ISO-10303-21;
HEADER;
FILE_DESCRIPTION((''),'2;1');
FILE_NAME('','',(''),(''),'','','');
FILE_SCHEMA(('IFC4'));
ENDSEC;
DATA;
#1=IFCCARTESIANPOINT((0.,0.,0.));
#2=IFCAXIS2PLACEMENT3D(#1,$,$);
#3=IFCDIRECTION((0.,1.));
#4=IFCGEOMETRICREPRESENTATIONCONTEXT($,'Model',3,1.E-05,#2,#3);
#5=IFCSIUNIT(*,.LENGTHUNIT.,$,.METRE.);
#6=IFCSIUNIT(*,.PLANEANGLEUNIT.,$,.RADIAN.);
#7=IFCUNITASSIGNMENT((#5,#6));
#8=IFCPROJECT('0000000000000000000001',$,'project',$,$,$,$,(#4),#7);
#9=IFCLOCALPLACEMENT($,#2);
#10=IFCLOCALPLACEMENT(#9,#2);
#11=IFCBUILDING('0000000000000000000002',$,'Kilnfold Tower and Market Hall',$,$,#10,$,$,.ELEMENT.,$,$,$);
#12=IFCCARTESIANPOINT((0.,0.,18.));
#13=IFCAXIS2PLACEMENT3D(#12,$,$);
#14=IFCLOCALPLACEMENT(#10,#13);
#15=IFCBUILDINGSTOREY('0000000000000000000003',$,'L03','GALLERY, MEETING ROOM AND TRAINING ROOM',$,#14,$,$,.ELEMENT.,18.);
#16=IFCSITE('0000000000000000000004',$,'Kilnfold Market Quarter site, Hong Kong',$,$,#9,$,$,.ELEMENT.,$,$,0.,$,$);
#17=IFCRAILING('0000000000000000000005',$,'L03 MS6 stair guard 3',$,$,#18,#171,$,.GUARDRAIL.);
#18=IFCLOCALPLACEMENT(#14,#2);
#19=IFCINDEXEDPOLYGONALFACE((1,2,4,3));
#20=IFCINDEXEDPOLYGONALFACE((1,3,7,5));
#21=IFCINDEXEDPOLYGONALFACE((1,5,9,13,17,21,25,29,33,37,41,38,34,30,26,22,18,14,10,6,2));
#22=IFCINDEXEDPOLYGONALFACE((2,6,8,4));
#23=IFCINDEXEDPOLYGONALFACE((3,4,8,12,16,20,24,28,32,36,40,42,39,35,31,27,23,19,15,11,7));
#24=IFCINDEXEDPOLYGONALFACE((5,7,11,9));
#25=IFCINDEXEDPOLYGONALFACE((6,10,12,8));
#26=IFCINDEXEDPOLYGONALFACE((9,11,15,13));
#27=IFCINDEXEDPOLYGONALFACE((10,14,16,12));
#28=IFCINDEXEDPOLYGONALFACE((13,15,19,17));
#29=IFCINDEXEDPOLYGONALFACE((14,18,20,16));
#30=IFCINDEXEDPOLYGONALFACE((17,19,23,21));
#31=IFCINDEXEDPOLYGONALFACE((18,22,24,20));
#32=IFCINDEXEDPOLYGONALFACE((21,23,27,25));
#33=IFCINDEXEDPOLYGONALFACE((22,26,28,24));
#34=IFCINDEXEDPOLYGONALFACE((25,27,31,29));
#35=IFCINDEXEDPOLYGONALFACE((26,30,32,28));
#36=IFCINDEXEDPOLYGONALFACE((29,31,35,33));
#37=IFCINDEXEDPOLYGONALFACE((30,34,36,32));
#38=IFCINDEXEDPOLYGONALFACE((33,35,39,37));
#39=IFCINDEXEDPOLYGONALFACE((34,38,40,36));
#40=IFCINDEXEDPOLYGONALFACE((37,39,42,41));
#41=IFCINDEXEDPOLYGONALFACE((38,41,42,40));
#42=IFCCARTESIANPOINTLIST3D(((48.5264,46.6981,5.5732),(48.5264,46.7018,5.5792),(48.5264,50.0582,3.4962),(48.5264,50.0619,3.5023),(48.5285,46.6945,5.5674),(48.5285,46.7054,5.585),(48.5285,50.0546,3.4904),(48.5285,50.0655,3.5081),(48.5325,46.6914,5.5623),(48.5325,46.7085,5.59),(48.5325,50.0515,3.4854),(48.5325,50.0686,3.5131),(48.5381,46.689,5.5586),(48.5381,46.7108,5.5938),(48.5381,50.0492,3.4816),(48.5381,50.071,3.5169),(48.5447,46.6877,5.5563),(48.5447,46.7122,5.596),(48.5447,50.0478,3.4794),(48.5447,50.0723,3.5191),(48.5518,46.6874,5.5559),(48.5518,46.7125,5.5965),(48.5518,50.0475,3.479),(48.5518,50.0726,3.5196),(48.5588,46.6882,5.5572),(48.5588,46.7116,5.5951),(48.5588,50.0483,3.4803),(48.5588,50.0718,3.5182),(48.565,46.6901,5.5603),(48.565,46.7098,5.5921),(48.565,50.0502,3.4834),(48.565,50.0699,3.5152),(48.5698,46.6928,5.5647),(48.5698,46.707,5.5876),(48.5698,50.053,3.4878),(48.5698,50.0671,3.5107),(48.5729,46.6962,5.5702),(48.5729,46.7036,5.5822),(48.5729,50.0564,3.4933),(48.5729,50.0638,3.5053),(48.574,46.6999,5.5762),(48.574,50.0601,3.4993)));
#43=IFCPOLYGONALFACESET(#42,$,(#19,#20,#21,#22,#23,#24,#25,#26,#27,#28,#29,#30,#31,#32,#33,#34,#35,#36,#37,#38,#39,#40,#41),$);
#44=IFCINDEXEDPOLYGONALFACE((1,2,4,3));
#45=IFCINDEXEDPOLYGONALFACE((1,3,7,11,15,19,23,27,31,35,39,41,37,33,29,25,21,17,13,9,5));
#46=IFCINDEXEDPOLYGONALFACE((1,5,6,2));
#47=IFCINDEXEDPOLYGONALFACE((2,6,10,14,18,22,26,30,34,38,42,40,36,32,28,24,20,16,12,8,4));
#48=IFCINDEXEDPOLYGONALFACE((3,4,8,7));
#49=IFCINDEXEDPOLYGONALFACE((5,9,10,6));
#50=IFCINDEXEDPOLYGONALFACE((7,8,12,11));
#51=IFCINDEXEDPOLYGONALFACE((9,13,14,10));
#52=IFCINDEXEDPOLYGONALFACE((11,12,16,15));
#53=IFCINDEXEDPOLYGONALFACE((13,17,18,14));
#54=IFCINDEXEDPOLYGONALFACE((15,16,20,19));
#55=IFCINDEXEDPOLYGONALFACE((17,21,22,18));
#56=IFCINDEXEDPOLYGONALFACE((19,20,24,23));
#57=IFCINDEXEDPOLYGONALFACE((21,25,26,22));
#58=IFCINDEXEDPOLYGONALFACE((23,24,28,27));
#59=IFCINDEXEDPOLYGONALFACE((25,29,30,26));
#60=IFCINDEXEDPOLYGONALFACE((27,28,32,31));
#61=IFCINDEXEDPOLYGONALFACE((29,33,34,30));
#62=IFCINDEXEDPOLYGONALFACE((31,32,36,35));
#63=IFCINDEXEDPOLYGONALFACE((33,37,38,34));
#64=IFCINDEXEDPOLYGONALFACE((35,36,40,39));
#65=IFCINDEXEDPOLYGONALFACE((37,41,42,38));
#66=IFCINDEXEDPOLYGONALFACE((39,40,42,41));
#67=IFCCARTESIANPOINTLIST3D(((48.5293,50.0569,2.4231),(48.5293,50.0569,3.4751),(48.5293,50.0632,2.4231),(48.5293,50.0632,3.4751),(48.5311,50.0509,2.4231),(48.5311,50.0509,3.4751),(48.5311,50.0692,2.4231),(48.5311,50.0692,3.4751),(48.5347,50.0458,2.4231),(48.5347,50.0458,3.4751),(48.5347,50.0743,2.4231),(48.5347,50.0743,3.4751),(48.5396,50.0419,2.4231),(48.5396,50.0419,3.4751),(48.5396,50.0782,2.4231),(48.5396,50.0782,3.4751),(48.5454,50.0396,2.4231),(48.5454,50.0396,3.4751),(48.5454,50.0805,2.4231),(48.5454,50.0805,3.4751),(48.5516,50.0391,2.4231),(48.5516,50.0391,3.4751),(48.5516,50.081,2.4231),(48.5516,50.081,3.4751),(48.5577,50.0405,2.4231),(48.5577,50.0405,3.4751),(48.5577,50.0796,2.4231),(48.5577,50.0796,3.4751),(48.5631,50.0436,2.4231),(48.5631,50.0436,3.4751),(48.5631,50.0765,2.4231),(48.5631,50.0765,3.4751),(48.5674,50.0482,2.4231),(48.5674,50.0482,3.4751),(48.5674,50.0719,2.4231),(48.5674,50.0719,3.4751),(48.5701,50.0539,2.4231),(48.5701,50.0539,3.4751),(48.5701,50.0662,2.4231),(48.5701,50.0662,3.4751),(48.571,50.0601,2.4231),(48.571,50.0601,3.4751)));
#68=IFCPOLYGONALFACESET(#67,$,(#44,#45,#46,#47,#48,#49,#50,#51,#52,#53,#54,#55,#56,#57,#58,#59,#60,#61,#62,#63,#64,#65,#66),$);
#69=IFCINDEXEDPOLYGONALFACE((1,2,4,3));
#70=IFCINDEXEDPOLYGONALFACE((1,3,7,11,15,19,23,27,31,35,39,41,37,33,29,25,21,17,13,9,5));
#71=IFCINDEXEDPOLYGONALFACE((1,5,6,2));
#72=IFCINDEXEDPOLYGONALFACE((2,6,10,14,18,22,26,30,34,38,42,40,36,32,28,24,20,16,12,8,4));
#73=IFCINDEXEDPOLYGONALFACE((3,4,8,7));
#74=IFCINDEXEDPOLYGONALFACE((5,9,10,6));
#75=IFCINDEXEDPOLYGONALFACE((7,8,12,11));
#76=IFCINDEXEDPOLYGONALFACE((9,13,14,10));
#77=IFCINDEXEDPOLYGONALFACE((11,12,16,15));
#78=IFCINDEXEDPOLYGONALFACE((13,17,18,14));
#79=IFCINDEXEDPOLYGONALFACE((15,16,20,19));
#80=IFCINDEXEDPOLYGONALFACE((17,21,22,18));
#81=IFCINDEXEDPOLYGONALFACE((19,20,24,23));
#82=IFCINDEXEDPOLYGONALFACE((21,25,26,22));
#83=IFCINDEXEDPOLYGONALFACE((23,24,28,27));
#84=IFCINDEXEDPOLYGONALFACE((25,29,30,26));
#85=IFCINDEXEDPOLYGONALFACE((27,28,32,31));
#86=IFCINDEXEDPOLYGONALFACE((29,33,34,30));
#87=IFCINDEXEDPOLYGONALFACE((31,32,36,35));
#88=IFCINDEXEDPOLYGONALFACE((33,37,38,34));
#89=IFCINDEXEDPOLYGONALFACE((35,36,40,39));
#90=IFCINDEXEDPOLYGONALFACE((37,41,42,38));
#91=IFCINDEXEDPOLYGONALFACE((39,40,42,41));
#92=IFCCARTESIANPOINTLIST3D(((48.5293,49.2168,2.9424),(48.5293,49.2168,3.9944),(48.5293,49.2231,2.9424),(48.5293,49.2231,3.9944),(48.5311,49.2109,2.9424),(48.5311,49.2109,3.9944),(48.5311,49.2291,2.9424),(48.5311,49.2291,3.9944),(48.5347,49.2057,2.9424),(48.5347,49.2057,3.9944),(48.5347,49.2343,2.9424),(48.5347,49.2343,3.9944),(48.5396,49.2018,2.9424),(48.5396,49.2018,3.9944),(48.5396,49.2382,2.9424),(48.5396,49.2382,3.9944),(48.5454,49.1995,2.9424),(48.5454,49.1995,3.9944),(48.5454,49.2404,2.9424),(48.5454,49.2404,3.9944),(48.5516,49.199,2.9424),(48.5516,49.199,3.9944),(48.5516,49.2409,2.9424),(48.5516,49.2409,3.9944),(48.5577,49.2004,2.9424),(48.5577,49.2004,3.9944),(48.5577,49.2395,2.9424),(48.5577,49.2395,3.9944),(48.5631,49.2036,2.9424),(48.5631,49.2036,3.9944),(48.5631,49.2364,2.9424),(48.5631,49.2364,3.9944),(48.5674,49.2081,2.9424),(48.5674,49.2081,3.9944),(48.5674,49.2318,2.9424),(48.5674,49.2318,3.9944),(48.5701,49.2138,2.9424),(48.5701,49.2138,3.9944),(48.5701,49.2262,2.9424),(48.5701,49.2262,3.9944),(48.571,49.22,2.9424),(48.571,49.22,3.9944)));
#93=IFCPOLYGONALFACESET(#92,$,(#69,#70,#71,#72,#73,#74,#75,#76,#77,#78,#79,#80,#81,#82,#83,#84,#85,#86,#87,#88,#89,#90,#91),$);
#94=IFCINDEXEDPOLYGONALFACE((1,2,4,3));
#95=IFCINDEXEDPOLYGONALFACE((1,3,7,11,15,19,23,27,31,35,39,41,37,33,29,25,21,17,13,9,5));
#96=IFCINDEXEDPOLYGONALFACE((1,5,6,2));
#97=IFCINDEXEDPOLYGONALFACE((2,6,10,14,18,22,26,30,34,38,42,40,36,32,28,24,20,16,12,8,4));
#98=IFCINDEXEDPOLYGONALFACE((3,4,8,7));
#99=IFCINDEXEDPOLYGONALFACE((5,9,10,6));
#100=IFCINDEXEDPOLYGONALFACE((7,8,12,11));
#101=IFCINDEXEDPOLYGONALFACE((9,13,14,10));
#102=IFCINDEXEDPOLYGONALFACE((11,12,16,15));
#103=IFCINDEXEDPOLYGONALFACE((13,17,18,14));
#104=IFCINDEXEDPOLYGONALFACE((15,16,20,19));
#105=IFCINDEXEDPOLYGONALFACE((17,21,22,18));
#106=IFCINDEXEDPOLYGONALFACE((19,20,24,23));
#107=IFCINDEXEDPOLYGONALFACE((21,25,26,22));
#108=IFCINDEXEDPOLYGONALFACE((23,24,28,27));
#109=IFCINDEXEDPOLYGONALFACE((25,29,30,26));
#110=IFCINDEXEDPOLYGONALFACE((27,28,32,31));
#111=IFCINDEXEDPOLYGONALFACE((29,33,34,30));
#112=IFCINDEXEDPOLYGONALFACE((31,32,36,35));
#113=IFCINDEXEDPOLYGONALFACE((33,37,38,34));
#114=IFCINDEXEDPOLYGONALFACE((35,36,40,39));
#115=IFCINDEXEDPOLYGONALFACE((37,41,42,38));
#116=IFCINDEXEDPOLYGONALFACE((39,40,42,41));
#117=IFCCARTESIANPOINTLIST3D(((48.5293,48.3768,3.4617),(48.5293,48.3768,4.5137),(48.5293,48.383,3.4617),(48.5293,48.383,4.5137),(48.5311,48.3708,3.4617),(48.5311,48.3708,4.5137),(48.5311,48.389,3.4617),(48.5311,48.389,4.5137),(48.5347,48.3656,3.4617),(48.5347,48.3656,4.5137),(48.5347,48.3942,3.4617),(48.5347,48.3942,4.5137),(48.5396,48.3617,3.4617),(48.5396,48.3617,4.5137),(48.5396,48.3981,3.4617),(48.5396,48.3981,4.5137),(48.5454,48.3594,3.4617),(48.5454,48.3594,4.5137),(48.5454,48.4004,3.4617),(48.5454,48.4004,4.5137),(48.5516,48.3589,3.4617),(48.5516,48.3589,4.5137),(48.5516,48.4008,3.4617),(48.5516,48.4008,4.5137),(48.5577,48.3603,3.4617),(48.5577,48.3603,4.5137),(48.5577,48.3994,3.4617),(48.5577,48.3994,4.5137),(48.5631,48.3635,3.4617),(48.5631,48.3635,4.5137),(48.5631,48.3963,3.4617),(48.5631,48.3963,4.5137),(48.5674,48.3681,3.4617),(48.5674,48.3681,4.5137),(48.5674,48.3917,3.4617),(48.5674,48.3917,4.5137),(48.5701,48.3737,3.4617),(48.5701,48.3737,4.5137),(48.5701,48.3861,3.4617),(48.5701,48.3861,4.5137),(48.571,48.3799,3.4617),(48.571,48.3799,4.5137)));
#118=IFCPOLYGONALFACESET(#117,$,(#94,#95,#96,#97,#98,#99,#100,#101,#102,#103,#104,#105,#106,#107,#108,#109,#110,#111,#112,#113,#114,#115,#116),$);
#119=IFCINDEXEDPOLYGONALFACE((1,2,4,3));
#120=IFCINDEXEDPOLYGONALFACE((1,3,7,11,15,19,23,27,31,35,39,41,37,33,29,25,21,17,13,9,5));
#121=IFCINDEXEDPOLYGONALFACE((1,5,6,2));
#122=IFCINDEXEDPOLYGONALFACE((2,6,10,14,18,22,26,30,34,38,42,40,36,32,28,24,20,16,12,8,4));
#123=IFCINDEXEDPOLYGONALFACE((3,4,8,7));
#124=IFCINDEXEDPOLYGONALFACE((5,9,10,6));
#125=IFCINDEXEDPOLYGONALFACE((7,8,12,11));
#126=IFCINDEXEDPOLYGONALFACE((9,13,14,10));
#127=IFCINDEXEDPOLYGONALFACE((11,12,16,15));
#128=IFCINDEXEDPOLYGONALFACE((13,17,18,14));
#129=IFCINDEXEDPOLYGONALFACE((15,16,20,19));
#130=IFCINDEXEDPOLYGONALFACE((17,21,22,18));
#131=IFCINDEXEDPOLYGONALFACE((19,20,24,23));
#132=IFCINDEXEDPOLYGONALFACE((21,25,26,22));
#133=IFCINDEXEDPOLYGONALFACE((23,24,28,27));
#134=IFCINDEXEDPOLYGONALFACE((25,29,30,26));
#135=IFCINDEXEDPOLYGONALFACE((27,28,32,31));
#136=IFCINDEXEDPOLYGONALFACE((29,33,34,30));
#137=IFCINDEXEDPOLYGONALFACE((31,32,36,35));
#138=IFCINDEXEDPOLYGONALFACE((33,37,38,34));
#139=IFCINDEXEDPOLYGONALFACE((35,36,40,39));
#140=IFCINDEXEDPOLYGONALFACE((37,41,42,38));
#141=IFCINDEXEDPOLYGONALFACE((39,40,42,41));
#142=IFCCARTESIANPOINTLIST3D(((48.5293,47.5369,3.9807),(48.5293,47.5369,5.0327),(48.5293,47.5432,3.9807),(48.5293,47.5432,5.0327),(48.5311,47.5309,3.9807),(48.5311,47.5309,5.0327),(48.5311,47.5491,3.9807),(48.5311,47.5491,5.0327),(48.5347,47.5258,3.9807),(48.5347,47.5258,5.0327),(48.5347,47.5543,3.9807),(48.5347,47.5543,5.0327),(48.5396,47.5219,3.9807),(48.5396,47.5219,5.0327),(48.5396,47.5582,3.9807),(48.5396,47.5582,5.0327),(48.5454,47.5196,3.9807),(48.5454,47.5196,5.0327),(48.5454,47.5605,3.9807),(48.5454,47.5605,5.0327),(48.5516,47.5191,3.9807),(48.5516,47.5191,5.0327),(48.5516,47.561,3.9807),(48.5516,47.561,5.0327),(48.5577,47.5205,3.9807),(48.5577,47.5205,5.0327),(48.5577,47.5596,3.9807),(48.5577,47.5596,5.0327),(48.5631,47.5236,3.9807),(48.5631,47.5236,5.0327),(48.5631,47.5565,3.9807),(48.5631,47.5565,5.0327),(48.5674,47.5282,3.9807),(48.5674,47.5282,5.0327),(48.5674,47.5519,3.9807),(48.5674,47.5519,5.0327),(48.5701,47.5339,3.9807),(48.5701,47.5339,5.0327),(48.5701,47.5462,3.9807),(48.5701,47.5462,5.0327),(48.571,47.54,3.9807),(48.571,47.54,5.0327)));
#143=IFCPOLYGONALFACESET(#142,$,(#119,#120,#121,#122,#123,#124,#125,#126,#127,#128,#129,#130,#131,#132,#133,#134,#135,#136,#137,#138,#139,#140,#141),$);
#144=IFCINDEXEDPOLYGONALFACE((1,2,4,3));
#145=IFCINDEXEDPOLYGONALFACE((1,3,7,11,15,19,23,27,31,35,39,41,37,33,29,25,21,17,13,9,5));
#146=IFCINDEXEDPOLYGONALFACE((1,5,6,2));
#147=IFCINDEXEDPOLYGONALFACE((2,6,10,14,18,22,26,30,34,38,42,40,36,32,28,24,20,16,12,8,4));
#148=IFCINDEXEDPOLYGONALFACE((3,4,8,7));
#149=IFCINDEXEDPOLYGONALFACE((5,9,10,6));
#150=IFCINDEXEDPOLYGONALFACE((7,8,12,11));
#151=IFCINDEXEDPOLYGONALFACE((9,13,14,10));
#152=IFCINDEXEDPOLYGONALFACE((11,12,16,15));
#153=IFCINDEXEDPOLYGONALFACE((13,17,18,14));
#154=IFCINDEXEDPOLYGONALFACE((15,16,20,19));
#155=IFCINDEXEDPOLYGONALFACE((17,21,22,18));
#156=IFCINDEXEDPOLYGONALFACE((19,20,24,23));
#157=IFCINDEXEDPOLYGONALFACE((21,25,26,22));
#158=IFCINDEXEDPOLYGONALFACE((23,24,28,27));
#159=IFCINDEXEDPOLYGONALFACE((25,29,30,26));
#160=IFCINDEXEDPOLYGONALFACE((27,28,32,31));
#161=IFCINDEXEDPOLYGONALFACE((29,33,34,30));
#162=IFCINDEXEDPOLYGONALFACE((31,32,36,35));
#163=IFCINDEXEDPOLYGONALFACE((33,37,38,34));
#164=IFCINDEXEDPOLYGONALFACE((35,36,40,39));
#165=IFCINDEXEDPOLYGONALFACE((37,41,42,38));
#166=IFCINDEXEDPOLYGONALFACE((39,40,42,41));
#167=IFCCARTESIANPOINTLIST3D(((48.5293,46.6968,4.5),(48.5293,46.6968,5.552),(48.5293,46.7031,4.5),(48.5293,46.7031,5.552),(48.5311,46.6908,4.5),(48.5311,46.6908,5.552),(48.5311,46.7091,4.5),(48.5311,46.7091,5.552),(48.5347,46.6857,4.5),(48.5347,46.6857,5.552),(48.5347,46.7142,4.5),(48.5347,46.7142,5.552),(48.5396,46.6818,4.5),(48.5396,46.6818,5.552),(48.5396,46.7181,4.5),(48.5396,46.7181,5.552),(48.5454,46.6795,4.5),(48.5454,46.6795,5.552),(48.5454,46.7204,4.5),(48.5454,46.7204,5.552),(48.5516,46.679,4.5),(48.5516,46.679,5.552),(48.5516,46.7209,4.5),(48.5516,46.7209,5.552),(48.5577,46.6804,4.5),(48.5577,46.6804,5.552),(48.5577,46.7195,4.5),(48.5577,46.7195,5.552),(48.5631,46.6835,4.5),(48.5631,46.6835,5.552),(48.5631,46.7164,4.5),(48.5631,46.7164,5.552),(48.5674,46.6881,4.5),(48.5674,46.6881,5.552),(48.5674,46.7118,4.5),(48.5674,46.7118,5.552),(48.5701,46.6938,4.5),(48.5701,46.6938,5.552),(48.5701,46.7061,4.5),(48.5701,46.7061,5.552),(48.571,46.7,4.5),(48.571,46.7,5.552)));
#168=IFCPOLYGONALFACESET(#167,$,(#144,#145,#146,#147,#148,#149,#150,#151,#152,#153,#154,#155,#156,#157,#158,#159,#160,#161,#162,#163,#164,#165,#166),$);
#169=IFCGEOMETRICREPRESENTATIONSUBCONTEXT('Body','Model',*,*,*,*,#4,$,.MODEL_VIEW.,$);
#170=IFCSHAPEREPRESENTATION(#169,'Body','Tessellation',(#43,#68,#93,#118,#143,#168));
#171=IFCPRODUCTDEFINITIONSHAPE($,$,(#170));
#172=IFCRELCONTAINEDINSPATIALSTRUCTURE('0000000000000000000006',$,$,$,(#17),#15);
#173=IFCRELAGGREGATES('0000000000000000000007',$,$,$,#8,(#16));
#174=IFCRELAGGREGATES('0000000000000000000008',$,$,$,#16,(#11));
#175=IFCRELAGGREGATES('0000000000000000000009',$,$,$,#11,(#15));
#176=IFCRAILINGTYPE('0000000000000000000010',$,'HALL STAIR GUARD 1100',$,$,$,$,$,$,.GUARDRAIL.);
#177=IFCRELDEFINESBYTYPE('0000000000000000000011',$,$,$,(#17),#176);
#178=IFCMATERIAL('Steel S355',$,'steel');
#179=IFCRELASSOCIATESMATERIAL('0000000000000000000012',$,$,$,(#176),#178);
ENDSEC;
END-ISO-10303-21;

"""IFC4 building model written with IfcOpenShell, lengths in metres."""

from ifc_helpers import new_model, si_unit, direction, frame, origin, origin_2d, place, context, subcontext, project, spatial, circle, extrude, material, type_object, element, save


model = new_model("IFC4")

# Units and contexts
model_context = context("Model", 3, precision=1e-05, world=origin(), true_north=direction((0.0, 1.0)))
body_context = subcontext(model_context, "Body", "Model", "MODEL_VIEW")
ifc_project = project(units=[si_unit("LENGTHUNIT", "METRE"), si_unit("PLANEANGLEUNIT", "RADIAN")], contexts=[model_context])

# Site, building, storey
site_placement = place(None, origin())
site = spatial("IfcSite", under=ifc_project, at=site_placement, Name="Kilnfold Market Quarter site, Hong Kong", CompositionType="ELEMENT", RefElevation=0.0)
building_placement = place(site_placement, origin())
building = spatial("IfcBuilding", under=site, at=building_placement, Name="Kilnfold Tower and Market Hall", CompositionType="ELEMENT")
storey_placement = place(building_placement, frame((0.0, 0.0, 18.0)))
storey = spatial("IfcBuildingStorey", under=building, at=storey_placement, Name="L03", Description="GALLERY, MEETING ROOM AND TRAINING ROOM", CompositionType="ELEMENT", Elevation=18.0)

# Railing
ifc_material_1 = material(Name="Steel S355", Category="steel")
railing_type_1 = type_object("IfcRailingType", Name="HALL STAIR GUARD 1100", PredefinedType="GUARDRAIL", material=ifc_material_1)
railing_1_placement = place(storey_placement, frame((48.55, 50.0601, 2.4231)))
element("IfcRailing", 1, at=railing_1_placement, inside=storey, type_object=railing_type_1, Name="L03 MS6 stair guard 3", PredefinedType="GUARDRAIL", context=body_context, shape_type="SweptSolid", body=[
    extrude(circle(Radius=0.0239, at=origin_2d()), frame((0.0, 0.0, 1.0762), z_axis=(0.0, -0.850623, 0.525776), x_axis=(1.0, 0.0, 0.0)), (0.0, 0.0, 1.0), 3.9502),
    extrude(circle(Radius=0.021, at=origin_2d()), origin(), (0.0, 0.0, 1.0), 1.052),
    extrude(circle(Radius=0.021, at=origin_2d()), frame((0.0, -0.8401, 0.5193)), (0.0, 0.0, 1.0), 1.052),
    extrude(circle(Radius=0.021, at=origin_2d()), frame((0.0, -1.6802, 1.0386)), (0.0, 0.0, 1.0), 1.052),
    extrude(circle(Radius=0.021, at=origin_2d()), frame((0.0, -2.52, 1.5576)), (0.0, 0.0, 1.0), 1.052),
    extrude(circle(Radius=0.021, at=origin_2d()), frame((0.0, -3.3601, 2.0769)), (0.0, 0.0, 1.0), 1.052),
])

save(model, "model.ifc")
